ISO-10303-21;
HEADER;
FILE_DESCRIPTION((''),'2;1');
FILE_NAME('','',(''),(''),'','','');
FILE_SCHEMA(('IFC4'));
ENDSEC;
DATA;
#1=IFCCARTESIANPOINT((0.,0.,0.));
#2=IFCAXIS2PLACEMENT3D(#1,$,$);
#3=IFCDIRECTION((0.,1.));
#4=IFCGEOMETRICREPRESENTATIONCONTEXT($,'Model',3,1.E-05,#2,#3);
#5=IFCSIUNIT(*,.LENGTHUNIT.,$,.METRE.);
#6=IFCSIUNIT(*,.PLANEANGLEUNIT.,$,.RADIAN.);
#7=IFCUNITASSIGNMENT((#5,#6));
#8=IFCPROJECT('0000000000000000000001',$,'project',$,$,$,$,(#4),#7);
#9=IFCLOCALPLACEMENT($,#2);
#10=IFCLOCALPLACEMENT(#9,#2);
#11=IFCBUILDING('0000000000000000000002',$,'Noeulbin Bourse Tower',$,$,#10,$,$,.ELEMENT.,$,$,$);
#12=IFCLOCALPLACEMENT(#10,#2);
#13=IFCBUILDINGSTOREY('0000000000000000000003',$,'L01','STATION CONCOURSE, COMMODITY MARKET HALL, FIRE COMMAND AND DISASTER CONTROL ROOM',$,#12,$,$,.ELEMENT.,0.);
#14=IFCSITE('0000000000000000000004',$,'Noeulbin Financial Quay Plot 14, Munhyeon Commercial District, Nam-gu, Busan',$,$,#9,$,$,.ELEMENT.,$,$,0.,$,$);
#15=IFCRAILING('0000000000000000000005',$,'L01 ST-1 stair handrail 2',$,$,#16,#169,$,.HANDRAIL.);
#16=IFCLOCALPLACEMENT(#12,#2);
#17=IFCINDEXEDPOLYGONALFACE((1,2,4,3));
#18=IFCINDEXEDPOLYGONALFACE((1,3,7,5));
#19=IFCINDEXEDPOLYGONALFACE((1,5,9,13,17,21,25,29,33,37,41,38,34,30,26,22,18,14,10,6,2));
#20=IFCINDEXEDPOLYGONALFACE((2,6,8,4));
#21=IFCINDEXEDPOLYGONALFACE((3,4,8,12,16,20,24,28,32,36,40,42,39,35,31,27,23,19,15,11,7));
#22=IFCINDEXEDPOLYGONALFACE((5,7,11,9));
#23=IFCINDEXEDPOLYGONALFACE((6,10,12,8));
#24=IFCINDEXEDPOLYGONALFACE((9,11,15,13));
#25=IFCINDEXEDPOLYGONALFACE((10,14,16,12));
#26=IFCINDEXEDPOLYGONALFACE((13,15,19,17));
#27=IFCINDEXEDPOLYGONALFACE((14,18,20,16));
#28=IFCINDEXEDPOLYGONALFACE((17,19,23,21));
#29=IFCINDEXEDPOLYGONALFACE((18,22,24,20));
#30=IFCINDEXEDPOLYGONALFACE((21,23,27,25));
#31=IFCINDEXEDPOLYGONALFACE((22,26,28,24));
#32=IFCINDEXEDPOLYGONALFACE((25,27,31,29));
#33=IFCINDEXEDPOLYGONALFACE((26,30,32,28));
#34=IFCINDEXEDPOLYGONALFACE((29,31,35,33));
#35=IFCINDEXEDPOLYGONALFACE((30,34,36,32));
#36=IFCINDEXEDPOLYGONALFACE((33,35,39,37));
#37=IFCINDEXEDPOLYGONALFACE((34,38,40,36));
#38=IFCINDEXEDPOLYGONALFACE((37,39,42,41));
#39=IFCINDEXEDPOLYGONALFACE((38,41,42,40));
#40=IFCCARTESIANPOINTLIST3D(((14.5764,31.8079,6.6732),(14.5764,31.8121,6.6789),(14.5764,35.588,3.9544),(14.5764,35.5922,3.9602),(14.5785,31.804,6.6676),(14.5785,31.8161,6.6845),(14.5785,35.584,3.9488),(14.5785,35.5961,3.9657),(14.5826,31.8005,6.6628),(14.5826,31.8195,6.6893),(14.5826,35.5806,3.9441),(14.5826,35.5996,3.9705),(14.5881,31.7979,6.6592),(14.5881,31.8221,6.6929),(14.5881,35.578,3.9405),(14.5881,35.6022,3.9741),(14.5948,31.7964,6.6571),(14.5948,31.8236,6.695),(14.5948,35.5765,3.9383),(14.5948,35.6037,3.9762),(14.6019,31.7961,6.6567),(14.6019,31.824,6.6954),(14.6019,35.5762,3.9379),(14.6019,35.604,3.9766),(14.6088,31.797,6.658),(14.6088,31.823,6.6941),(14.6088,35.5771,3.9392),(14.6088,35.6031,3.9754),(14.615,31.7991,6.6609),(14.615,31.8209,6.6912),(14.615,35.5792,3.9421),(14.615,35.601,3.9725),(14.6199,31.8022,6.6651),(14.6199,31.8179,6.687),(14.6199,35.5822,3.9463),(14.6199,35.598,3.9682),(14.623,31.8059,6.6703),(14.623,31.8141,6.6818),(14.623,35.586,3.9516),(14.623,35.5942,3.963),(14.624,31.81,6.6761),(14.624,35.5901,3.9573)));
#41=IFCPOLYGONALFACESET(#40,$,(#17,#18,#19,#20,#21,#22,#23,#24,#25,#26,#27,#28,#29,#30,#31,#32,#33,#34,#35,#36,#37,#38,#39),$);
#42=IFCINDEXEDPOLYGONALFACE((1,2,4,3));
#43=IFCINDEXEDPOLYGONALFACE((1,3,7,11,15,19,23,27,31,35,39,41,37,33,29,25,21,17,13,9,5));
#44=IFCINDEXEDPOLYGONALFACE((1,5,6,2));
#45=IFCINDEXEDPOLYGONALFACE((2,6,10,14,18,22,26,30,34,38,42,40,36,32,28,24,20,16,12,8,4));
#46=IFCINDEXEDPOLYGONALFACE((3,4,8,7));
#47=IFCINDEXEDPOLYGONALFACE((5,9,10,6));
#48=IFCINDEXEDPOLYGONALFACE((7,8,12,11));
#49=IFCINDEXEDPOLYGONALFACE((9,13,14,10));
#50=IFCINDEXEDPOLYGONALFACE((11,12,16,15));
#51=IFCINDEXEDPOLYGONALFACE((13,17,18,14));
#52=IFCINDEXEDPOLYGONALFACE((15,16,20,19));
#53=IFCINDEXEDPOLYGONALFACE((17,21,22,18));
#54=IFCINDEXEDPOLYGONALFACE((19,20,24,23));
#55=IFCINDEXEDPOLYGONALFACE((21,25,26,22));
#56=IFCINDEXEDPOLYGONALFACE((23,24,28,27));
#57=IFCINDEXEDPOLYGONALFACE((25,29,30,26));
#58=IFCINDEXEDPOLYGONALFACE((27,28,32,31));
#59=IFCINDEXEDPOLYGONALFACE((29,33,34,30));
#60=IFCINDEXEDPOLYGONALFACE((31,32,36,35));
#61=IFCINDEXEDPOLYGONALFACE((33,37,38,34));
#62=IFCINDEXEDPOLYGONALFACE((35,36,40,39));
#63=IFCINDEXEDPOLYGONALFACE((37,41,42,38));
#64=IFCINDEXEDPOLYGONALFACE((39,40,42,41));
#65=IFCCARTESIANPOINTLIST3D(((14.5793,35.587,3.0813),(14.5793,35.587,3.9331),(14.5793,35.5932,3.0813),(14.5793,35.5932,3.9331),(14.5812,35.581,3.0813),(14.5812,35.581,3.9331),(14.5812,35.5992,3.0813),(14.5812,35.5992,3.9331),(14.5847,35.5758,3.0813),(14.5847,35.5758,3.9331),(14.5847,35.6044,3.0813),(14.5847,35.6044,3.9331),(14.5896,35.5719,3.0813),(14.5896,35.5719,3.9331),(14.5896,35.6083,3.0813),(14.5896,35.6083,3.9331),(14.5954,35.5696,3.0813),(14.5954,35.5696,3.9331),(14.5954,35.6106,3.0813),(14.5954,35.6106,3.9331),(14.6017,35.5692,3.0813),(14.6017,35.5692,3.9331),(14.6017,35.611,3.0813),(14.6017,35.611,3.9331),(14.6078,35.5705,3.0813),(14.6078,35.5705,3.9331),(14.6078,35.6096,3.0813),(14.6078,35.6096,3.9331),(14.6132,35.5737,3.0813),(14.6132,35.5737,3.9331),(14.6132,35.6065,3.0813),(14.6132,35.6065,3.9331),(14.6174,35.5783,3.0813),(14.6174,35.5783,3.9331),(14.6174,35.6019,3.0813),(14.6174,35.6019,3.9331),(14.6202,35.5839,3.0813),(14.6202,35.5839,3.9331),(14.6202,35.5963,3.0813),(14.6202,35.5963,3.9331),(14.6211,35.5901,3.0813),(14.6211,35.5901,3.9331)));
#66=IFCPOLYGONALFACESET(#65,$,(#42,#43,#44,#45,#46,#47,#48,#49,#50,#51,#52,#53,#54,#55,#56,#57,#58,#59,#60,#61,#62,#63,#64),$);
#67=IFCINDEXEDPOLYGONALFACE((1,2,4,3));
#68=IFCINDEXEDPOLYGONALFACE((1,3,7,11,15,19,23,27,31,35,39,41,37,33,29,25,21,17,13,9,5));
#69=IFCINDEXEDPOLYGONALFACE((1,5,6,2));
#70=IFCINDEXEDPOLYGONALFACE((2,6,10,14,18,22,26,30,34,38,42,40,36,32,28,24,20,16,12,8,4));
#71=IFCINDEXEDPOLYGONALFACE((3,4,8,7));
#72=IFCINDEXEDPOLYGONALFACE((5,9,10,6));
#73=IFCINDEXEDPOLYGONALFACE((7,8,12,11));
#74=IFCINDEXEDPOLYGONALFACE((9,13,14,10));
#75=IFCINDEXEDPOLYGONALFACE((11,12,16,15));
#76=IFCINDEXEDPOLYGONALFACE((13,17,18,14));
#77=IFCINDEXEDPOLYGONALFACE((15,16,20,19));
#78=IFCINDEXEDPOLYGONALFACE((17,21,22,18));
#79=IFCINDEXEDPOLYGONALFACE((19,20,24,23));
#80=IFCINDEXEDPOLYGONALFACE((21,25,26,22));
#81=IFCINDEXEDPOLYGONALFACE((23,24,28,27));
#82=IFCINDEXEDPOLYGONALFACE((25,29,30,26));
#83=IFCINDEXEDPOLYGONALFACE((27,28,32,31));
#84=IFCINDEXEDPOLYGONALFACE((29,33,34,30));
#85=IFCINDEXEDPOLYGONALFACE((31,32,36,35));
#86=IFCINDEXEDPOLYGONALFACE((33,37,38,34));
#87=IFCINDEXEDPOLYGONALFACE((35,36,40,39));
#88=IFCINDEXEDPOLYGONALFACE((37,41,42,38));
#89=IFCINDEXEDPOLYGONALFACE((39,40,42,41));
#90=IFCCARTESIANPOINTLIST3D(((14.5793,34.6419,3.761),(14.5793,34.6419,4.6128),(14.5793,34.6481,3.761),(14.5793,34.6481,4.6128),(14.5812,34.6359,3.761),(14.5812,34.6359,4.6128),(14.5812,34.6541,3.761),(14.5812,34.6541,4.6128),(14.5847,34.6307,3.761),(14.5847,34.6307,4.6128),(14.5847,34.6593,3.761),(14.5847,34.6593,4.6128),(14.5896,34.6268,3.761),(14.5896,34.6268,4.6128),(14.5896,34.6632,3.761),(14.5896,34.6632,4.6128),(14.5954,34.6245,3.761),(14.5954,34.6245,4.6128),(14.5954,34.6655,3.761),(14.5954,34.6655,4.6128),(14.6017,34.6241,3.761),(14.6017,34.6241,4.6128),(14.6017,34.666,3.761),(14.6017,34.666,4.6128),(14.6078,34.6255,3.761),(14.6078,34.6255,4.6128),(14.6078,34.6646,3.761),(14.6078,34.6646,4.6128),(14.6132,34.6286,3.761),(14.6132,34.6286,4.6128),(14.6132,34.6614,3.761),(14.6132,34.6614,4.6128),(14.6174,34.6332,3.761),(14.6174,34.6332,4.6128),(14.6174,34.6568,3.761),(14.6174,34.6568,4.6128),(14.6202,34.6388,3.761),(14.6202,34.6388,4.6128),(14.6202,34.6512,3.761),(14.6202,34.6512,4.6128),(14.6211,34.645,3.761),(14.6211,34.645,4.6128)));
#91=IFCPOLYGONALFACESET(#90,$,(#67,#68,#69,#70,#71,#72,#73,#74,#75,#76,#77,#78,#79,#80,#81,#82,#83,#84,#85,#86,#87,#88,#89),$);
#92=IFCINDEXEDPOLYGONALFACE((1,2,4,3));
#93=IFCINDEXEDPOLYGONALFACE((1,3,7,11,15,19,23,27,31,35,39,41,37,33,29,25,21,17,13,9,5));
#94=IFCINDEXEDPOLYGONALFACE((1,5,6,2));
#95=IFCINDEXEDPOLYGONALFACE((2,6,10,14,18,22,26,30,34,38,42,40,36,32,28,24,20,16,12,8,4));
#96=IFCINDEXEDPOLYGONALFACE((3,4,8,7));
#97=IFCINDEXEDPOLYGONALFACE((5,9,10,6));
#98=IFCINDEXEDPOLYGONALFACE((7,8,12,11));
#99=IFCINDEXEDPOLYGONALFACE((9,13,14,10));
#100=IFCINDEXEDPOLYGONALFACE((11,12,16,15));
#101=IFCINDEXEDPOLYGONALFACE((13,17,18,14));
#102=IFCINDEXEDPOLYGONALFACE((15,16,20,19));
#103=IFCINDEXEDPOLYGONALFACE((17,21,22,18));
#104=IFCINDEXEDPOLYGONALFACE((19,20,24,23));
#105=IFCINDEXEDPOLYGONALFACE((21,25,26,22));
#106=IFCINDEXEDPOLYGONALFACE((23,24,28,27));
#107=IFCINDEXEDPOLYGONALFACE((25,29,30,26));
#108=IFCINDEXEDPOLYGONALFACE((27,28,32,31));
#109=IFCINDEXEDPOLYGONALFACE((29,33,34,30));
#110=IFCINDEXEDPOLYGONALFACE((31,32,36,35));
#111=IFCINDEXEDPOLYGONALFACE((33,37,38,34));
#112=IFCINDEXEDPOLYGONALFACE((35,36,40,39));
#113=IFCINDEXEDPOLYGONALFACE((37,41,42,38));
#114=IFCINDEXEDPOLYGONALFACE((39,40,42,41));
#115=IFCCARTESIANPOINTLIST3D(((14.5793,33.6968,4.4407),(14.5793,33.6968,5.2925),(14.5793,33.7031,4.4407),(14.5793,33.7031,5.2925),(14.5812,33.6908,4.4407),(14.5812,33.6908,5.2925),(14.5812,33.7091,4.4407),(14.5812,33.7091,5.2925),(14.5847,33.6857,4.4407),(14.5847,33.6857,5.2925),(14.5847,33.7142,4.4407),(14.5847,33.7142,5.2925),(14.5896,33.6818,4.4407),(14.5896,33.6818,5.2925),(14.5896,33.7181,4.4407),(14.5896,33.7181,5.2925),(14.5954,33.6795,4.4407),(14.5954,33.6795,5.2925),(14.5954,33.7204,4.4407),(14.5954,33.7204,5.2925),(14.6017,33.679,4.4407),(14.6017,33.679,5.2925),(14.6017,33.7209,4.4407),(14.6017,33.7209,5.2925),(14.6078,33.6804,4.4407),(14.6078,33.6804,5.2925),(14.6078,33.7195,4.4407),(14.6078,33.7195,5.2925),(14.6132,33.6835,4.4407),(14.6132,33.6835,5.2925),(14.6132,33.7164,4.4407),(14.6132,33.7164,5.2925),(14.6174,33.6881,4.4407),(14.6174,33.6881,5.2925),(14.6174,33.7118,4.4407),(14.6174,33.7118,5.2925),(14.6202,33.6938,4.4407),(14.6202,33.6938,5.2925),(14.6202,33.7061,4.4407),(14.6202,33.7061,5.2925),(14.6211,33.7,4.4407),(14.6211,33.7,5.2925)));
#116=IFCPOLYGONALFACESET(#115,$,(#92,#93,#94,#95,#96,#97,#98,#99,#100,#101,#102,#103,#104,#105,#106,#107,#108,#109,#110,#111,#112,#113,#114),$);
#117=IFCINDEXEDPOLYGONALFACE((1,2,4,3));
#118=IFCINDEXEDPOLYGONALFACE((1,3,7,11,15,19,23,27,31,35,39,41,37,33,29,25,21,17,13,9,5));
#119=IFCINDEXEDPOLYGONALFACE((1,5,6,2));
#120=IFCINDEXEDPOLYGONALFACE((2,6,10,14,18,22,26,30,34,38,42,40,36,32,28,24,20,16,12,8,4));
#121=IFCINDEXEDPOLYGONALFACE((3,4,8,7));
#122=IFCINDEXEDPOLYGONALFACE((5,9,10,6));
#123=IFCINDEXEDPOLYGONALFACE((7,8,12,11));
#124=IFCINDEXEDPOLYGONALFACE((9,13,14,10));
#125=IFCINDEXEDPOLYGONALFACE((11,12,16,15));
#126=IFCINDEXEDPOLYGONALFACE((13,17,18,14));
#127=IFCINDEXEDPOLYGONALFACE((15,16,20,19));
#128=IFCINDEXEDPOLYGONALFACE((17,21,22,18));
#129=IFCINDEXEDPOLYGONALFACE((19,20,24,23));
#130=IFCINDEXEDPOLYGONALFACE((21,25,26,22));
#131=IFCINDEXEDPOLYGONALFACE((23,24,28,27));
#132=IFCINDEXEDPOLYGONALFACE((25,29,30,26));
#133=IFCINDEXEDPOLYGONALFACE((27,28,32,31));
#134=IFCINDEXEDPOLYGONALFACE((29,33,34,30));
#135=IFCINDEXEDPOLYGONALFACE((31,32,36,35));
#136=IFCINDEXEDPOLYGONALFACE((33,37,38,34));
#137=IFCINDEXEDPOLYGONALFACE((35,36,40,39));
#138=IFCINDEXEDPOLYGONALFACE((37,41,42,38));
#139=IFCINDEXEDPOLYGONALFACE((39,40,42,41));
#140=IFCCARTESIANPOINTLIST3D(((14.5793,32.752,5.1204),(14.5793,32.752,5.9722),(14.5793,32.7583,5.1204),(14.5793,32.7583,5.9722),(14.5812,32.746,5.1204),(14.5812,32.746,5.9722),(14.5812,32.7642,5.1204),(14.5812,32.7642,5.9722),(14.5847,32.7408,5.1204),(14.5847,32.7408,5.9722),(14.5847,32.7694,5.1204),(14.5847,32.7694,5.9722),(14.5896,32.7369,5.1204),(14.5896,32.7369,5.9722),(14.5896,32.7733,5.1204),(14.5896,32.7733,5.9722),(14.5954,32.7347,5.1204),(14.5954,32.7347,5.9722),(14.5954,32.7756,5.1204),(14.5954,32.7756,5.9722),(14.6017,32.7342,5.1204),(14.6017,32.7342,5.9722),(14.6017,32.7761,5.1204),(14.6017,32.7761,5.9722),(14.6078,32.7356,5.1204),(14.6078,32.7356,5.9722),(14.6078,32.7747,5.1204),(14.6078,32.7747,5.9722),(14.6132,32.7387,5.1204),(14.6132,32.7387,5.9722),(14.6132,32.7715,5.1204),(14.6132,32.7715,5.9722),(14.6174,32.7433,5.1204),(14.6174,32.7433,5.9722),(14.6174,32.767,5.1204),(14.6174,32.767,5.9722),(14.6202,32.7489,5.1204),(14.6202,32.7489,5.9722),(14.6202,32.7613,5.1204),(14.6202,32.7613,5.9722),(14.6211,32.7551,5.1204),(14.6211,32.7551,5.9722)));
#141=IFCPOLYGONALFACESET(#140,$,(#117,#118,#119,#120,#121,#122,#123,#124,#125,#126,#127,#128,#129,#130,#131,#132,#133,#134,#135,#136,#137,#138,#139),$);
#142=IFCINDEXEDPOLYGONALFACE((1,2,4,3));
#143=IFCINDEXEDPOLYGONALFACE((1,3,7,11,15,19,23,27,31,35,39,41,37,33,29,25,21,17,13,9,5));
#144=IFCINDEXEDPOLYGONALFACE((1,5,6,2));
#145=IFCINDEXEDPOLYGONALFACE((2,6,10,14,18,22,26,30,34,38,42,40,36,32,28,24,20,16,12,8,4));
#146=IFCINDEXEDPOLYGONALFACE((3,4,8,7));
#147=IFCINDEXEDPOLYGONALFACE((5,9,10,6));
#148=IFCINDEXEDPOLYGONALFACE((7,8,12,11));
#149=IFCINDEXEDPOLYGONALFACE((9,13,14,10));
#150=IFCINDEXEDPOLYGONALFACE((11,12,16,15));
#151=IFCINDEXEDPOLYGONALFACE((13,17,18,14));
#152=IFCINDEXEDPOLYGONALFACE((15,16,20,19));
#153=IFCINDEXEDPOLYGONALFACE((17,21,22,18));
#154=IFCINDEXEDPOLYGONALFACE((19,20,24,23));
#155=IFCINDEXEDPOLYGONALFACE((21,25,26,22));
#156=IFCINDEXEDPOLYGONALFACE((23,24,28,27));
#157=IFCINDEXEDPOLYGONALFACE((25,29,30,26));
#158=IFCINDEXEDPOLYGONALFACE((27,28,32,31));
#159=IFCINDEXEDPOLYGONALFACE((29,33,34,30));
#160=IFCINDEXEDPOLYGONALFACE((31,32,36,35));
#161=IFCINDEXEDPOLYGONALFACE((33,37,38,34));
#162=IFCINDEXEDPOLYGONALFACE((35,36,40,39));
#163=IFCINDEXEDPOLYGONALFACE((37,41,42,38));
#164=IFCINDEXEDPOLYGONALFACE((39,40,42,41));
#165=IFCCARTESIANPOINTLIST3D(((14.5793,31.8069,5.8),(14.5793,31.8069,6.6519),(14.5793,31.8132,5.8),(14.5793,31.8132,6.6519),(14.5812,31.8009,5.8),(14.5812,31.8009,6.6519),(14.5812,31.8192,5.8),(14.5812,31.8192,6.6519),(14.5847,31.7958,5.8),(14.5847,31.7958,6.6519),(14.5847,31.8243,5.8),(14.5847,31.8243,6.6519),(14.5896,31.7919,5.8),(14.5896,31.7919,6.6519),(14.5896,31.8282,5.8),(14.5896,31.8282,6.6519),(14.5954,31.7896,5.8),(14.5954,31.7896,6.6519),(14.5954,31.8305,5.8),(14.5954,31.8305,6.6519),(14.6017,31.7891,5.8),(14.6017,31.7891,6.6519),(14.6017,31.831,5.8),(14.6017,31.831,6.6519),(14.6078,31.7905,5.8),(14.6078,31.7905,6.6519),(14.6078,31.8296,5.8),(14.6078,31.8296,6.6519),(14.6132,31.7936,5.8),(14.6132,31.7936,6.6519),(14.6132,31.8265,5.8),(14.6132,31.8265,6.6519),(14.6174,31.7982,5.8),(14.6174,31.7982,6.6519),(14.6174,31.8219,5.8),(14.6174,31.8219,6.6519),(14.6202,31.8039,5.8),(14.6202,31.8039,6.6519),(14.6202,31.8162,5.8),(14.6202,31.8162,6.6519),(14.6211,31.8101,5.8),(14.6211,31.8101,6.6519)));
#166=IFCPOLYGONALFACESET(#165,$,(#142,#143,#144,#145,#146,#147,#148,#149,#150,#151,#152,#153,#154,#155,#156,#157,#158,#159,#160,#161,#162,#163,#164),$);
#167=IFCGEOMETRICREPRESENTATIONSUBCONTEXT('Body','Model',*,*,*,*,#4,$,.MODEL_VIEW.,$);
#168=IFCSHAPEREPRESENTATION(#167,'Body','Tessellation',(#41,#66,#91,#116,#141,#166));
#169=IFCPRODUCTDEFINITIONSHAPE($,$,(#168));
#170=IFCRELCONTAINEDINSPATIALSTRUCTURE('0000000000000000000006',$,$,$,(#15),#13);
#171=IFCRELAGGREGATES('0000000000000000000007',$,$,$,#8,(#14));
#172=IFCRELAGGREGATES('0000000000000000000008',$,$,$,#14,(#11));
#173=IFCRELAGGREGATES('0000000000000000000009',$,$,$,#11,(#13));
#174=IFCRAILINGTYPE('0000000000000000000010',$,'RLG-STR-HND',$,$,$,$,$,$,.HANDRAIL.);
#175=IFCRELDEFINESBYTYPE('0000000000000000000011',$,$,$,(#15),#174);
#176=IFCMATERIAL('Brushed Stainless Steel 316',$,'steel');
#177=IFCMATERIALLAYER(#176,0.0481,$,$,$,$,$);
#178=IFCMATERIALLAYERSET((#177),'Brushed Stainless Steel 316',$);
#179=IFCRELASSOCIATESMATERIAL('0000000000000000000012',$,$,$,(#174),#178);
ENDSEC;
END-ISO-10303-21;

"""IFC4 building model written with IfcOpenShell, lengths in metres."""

from ifc_helpers import new_model, si_unit, direction, frame, origin, origin_2d, place, context, subcontext, project, spatial, circle, extrude, material, layer, layer_set, type_object, element, save


model = new_model("IFC4")

# Units and contexts
model_context = context("Model", 3, precision=1e-05, world=origin(), true_north=direction((0.0, 1.0)))
body_context = subcontext(model_context, "Body", "Model", "MODEL_VIEW")
ifc_project = project(units=[si_unit("LENGTHUNIT", "METRE"), si_unit("PLANEANGLEUNIT", "RADIAN")], contexts=[model_context])

# Site, building, storey
site_placement = place(None, origin())
site = spatial("IfcSite", under=ifc_project, at=site_placement, Name="Noeulbin Financial Quay Plot 14, Munhyeon Commercial District, Nam-gu, Busan", CompositionType="ELEMENT", RefElevation=0.0)
building_placement = place(site_placement, origin())
building = spatial("IfcBuilding", under=site, at=building_placement, Name="Noeulbin Bourse Tower", CompositionType="ELEMENT")
storey_placement = place(building_placement, origin())
storey = spatial("IfcBuildingStorey", under=building, at=storey_placement, Name="L01", Description="STATION CONCOURSE, COMMODITY MARKET HALL, FIRE COMMAND AND DISASTER CONTROL ROOM", CompositionType="ELEMENT", Elevation=0.0)

# Shared definitions
ifc_material_1 = material(Name="Brushed Stainless Steel 316", Category="steel")

# Railing
ifc_layer_1 = layer(ifc_material_1, 0.0481)
ifc_layer_set_1 = layer_set([ifc_layer_1], Name="Brushed Stainless Steel 316")
railing_type_1 = type_object("IfcRailingType", Name="RLG-STR-HND", PredefinedType="HANDRAIL", material=ifc_layer_set_1)
railing_1_placement = place(storey_placement, frame((14.6001, 35.5901, 3.0813)))
element("IfcRailing", 1, at=railing_1_placement, inside=storey, type_object=railing_type_1, Name="L01 ST-1 stair handrail 2", PredefinedType="HANDRAIL", context=body_context, shape_type="SweptSolid", body=[
    extrude(circle(Radius=0.0239, at=origin_2d()), frame((0.0, 0.0, 0.876), z_axis=(0.0, -0.811827, 0.583899), x_axis=(1.0, 0.0, 0.0)), (0.0, 0.0, 1.0), 4.6562),
    extrude(circle(Radius=0.021, at=origin_2d()), origin(), (0.0, 0.0, 1.0), 0.8518),
    extrude(circle(Radius=0.021, at=origin_2d()), frame((0.0, -0.9451, 0.6797)), (0.0, 0.0, 1.0), 0.8518),
    extrude(circle(Radius=0.021, at=origin_2d()), frame((0.0, -1.8901, 1.3594)), (0.0, 0.0, 1.0), 0.8518),
    extrude(circle(Radius=0.021, at=origin_2d()), frame((0.0, -2.835, 2.0391)), (0.0, 0.0, 1.0), 0.8518),
    extrude(circle(Radius=0.021, at=origin_2d()), frame((0.0, -3.78, 2.7188)), (0.0, 0.0, 1.0), 0.8518),
])

save(model, "model.ifc")
